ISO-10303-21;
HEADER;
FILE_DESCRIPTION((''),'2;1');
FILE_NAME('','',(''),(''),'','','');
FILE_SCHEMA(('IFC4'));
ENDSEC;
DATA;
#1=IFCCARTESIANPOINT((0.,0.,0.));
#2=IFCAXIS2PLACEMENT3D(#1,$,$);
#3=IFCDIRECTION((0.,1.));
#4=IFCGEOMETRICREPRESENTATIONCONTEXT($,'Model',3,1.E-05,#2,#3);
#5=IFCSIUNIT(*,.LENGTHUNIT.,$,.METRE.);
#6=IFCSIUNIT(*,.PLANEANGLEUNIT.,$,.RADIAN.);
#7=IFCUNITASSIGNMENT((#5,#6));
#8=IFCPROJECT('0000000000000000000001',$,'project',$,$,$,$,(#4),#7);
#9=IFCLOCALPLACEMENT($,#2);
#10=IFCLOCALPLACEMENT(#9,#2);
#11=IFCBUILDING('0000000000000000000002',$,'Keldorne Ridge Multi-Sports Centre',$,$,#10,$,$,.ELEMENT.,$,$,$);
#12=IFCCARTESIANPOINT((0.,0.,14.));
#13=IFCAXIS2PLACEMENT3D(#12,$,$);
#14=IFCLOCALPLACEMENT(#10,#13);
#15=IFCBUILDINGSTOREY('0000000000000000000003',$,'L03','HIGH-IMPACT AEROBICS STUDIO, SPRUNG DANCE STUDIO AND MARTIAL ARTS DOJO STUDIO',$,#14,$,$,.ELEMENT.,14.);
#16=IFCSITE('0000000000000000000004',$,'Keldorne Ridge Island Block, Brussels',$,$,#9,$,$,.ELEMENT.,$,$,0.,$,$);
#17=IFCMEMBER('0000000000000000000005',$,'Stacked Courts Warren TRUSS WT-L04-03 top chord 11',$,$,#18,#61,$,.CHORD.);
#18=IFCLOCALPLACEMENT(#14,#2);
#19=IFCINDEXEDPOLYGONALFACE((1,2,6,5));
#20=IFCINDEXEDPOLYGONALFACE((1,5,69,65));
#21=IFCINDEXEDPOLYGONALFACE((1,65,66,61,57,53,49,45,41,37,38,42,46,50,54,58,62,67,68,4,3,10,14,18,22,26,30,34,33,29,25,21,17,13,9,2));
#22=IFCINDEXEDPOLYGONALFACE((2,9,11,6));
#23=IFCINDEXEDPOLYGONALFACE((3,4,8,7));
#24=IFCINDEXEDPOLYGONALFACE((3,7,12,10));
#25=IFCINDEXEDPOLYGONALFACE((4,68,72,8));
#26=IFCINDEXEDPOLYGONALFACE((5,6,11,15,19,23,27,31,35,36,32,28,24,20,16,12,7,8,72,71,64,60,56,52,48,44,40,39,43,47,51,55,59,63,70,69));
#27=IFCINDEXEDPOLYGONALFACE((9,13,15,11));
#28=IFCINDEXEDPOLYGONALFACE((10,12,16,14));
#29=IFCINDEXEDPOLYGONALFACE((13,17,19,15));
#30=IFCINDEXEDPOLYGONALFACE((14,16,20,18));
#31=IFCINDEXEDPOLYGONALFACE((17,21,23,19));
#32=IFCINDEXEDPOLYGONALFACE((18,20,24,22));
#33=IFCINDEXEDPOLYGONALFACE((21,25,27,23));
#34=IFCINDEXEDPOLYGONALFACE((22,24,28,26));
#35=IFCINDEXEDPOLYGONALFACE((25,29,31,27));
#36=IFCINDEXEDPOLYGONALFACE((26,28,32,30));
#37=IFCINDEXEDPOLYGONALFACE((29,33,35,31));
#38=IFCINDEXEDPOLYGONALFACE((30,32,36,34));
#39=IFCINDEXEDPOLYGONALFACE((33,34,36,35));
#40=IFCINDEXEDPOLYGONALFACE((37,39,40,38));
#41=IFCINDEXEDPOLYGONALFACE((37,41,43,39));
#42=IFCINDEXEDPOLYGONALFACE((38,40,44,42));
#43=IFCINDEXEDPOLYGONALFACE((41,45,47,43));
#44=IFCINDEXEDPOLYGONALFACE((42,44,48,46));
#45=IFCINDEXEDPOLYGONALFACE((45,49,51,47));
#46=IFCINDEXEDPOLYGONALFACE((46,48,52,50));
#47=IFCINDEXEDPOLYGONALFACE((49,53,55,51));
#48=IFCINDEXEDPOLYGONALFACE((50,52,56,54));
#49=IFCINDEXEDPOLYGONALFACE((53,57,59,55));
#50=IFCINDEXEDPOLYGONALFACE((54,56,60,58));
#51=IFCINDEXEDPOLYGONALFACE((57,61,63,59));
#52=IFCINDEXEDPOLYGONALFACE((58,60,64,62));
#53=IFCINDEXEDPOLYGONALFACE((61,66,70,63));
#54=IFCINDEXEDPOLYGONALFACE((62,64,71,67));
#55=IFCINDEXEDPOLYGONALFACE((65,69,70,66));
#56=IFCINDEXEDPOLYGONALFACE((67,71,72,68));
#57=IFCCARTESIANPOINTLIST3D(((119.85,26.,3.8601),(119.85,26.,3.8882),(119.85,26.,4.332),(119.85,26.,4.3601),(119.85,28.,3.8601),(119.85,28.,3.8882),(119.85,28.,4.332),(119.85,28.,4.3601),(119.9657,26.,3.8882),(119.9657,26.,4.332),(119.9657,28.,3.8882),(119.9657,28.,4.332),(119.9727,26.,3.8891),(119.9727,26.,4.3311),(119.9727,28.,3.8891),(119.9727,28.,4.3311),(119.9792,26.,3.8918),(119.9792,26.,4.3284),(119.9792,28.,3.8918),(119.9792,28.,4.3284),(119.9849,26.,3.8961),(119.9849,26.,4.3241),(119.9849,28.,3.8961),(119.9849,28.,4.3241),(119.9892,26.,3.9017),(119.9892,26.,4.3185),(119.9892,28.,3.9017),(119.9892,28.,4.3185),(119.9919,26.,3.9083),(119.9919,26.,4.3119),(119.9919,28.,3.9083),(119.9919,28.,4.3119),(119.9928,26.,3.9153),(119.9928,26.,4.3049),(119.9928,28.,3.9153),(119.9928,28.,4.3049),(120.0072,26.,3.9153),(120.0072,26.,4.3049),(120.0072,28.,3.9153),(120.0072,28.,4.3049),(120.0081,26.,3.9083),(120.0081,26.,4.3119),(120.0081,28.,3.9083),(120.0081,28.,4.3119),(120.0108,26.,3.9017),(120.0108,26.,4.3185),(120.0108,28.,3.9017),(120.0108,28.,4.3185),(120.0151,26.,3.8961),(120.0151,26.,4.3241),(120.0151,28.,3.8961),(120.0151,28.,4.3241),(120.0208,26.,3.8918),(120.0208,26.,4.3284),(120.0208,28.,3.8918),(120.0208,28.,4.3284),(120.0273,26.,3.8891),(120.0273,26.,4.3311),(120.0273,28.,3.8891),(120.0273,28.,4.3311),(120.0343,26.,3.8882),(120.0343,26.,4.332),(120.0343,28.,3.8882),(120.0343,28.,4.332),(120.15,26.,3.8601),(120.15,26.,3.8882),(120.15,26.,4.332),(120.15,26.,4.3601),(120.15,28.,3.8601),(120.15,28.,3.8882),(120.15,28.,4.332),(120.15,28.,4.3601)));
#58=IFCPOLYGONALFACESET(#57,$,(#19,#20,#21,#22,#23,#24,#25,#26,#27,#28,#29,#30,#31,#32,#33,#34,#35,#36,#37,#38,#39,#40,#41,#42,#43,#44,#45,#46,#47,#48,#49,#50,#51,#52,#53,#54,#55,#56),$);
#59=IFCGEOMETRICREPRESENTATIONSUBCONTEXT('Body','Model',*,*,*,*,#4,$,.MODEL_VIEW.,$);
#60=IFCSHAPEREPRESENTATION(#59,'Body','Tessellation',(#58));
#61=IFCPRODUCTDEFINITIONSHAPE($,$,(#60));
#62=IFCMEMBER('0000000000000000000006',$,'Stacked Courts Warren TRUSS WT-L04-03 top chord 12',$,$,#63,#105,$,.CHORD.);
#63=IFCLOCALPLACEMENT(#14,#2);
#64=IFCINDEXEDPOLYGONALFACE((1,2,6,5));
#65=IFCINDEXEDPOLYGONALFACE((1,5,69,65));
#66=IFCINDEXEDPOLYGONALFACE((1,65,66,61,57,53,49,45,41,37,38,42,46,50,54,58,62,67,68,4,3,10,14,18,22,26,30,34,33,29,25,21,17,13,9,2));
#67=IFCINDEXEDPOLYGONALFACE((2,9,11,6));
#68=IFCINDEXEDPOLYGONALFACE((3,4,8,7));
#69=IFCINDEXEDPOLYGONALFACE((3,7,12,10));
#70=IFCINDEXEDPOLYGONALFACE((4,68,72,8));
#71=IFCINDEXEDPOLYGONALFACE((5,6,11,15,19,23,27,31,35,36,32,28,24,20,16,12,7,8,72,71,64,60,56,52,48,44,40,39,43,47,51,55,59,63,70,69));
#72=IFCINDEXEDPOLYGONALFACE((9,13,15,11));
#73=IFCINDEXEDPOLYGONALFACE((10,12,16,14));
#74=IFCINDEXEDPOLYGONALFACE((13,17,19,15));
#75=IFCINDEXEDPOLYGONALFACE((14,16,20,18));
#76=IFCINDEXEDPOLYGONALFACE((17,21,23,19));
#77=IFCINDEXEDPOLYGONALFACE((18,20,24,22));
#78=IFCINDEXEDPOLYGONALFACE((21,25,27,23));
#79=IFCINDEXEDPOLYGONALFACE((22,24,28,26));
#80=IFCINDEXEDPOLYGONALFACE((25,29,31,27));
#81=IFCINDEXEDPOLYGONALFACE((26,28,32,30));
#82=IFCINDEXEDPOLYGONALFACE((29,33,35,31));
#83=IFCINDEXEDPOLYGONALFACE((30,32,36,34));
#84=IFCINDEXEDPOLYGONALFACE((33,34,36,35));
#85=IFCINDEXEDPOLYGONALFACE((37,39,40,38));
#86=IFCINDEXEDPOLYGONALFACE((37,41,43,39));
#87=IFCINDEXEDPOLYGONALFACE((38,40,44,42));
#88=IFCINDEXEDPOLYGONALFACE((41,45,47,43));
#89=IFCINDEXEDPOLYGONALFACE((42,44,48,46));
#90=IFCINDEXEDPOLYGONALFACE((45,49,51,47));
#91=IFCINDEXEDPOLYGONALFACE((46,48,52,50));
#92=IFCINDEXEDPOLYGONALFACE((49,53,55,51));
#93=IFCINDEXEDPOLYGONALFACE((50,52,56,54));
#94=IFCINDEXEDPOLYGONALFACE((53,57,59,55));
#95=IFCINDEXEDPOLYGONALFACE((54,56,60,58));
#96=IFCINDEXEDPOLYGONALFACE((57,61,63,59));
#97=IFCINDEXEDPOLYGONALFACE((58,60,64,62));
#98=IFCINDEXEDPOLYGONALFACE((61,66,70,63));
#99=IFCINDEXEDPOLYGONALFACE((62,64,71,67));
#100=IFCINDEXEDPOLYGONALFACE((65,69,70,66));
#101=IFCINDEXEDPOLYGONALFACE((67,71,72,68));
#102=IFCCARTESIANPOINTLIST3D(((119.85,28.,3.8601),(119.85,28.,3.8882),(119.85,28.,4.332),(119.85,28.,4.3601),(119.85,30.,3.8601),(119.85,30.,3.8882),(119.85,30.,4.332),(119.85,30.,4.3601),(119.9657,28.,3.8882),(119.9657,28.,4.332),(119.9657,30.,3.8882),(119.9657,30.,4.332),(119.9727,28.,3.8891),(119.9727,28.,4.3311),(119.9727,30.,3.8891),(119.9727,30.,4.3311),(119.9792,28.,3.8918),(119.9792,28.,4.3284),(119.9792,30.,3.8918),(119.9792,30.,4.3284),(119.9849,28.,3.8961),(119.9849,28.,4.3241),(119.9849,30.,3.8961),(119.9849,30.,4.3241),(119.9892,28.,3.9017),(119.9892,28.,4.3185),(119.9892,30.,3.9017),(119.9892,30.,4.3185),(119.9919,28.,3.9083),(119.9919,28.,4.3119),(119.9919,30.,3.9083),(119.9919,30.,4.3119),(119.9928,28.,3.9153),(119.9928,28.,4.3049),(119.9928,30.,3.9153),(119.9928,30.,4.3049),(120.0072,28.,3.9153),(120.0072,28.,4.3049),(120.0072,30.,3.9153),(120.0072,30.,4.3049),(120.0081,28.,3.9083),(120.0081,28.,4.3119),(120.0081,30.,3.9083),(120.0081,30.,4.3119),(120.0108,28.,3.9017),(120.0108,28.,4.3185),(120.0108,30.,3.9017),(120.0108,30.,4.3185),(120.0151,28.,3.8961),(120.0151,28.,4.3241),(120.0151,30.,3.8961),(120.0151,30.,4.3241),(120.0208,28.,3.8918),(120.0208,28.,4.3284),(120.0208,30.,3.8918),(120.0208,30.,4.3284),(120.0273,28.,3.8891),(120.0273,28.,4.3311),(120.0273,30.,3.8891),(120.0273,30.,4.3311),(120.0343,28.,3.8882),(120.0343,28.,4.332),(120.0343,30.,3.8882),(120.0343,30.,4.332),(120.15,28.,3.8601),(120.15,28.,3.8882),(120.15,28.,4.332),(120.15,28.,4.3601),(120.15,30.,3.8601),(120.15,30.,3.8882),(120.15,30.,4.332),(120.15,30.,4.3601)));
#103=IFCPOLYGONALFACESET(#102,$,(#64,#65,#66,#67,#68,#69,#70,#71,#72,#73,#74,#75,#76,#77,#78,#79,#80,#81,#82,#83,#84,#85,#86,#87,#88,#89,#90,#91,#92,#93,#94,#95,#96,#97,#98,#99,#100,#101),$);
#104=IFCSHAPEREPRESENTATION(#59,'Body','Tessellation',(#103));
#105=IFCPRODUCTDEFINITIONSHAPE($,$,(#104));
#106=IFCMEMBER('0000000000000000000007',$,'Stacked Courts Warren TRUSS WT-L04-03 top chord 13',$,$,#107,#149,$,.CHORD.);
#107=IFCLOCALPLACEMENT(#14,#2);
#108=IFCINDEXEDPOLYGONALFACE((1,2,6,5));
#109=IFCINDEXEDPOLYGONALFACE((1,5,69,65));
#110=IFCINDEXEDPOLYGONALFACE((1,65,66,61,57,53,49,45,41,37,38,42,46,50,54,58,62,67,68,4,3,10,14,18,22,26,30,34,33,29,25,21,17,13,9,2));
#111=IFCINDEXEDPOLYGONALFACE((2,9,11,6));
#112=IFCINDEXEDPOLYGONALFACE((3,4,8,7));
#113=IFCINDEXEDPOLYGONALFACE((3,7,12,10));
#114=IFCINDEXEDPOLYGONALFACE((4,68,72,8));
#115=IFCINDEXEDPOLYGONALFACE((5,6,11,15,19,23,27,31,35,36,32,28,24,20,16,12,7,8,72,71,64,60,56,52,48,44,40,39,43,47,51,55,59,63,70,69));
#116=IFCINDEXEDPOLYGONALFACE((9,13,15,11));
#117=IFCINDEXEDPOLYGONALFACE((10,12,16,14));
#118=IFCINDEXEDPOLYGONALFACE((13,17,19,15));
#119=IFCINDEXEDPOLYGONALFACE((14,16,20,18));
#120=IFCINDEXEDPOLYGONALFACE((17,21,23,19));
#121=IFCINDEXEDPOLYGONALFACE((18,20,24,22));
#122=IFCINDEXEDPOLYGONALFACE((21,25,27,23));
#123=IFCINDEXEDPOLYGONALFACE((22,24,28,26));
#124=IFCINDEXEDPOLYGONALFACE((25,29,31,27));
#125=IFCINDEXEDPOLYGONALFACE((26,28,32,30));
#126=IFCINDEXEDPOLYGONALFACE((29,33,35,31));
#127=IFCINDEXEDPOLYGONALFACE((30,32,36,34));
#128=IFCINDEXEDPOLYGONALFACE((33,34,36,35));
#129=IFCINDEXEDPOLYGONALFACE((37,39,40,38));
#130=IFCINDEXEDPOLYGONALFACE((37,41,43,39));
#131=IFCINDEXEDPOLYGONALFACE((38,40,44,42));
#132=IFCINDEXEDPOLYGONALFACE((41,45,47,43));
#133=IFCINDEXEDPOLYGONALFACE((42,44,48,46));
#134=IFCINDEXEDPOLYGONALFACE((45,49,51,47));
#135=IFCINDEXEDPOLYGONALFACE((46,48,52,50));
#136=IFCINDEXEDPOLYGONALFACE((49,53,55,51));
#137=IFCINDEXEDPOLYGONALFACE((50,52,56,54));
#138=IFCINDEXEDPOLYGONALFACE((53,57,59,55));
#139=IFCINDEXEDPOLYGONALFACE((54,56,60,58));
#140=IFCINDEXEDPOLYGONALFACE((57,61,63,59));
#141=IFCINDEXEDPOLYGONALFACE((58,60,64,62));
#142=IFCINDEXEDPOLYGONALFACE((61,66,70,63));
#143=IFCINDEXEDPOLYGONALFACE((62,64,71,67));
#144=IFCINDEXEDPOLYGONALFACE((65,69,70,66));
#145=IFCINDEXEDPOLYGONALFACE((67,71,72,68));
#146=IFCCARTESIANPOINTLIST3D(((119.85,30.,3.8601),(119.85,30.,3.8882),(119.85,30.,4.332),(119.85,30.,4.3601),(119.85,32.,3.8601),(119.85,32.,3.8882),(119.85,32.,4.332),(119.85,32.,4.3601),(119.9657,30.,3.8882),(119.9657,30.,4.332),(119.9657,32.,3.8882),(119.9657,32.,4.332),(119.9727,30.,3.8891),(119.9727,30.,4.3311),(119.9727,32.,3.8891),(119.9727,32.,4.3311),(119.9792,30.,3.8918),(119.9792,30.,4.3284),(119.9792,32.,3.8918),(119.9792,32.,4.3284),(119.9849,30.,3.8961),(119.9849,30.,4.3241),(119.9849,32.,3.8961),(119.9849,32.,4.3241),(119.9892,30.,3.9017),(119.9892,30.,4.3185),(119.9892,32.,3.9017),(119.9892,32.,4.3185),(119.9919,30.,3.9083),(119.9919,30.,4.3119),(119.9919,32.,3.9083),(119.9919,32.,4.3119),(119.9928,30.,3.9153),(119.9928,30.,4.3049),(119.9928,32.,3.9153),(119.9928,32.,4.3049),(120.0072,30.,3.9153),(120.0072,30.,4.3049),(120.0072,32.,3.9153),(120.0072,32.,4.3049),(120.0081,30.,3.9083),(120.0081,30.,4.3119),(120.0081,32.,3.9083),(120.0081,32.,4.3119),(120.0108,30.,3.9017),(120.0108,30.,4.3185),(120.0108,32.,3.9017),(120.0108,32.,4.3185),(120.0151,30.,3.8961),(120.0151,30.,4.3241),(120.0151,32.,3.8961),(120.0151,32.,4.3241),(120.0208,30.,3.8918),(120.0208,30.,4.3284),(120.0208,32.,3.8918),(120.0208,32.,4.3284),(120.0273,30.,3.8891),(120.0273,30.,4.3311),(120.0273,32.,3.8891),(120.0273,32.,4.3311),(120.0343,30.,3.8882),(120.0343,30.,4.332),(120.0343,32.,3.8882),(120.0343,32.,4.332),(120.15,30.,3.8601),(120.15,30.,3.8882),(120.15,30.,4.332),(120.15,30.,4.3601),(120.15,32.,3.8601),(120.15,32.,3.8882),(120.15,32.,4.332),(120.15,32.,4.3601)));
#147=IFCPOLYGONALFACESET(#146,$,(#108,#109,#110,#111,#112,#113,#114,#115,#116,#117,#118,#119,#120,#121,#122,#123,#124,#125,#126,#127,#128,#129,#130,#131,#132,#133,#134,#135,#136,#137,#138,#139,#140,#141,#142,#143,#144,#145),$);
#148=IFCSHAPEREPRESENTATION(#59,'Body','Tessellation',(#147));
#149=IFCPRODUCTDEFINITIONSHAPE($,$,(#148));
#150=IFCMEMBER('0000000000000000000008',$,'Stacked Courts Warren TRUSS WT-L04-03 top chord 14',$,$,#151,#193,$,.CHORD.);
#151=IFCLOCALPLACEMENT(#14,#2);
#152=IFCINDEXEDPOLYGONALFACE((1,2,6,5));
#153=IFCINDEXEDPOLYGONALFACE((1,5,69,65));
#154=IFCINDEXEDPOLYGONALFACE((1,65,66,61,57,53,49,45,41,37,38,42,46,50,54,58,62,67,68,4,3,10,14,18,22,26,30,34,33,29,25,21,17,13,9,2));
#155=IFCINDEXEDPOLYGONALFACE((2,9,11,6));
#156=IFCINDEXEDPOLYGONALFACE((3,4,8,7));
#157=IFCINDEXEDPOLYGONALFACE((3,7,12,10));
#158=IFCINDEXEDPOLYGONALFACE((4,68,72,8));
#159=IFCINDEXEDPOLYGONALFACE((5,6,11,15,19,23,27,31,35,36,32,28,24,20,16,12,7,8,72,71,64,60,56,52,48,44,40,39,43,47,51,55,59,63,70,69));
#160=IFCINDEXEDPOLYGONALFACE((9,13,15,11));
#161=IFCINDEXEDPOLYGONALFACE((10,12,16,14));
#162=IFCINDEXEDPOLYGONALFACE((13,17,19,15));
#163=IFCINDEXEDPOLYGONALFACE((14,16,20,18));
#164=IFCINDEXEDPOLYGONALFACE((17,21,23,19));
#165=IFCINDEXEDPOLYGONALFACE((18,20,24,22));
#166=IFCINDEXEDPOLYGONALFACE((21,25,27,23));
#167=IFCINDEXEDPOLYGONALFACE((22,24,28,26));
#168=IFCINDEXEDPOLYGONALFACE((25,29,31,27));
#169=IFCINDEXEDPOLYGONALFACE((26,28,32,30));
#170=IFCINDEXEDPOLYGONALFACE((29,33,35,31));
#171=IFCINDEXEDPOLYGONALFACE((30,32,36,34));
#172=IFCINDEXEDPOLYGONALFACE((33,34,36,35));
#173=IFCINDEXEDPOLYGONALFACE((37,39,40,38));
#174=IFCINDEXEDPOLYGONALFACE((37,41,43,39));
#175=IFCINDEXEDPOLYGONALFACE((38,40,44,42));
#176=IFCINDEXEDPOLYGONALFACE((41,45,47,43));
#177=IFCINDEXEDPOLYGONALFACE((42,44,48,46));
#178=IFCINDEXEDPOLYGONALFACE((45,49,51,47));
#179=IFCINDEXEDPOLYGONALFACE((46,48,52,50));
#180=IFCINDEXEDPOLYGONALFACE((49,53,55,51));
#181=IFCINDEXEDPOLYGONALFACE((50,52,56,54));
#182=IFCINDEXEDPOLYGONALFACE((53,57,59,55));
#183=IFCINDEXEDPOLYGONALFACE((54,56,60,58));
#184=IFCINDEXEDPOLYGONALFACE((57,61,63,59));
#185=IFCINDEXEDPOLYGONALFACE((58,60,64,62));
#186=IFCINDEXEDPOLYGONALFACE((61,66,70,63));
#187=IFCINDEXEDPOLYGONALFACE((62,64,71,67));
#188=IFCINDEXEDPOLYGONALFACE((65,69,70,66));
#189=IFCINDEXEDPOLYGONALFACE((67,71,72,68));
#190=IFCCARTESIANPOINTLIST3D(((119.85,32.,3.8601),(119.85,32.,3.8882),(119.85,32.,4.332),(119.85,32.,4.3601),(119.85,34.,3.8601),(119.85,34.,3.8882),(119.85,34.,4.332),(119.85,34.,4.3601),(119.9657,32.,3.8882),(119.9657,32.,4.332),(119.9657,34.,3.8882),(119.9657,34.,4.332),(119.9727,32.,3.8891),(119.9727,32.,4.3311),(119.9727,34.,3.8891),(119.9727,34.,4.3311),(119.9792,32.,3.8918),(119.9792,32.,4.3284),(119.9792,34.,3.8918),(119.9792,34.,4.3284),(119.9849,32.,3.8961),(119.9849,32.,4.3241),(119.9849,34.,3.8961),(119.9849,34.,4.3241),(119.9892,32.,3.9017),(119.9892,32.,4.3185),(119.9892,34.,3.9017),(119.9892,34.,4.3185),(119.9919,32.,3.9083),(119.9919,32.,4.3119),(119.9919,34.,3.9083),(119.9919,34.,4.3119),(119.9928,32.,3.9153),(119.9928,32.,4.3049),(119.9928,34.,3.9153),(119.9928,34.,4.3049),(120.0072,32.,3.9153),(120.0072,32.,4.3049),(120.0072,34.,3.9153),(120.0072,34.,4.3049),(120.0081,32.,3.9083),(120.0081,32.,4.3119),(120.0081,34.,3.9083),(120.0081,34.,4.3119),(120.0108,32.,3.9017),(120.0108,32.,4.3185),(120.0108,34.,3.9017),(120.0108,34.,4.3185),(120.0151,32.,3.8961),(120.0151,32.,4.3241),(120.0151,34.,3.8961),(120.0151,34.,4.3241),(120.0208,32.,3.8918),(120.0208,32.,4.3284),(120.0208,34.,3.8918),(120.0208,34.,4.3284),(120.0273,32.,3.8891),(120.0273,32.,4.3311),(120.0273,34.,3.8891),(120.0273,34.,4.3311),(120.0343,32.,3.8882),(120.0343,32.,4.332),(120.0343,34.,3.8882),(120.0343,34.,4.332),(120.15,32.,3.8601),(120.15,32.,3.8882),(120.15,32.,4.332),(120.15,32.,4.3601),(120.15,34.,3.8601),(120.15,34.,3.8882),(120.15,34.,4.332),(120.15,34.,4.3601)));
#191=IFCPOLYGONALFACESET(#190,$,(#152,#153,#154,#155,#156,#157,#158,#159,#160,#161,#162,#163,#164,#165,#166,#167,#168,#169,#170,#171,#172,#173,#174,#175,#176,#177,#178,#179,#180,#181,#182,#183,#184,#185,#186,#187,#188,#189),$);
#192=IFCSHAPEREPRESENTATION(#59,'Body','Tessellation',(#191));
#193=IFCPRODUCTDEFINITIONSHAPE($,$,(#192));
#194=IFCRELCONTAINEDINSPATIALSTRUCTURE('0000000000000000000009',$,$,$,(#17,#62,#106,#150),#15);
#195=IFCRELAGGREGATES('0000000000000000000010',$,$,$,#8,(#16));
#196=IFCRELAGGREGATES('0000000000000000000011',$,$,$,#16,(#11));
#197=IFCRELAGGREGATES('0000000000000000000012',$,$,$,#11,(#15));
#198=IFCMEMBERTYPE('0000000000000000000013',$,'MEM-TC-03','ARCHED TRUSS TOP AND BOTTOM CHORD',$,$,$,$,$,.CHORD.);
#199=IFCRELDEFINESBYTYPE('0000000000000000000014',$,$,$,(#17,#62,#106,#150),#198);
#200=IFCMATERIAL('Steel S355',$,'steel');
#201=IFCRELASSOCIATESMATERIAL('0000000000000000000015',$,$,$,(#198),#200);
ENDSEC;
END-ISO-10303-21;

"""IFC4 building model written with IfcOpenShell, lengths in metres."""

from ifc_helpers import new_model, si_unit, direction, frame, origin, origin_2d, place, context, subcontext, project, spatial, i_section, extrude, material, material_profile, profile_set, type_object, element, save


model = new_model("IFC4")

# Units and contexts
model_context = context("Model", 3, precision=1e-05, world=origin(), true_north=direction((0.0, 1.0)))
body_context = subcontext(model_context, "Body", "Model", "MODEL_VIEW")
ifc_project = project(units=[si_unit("LENGTHUNIT", "METRE"), si_unit("PLANEANGLEUNIT", "RADIAN")], contexts=[model_context])

# Site, building, storey
site_placement = place(None, origin())
site = spatial("IfcSite", under=ifc_project, at=site_placement, Name="Keldorne Ridge Island Block, Brussels", CompositionType="ELEMENT", RefElevation=0.0)
building_placement = place(site_placement, origin())
building = spatial("IfcBuilding", under=site, at=building_placement, Name="Keldorne Ridge Multi-Sports Centre", CompositionType="ELEMENT")
storey_placement = place(building_placement, frame((0.0, 0.0, 14.0)))
storey = spatial("IfcBuildingStorey", under=building, at=storey_placement, Name="L03", Description="HIGH-IMPACT AEROBICS STUDIO, SPRUNG DANCE STUDIO AND MARTIAL ARTS DOJO STUDIO", CompositionType="ELEMENT", Elevation=14.0)

# Members
ifc_material = material(Name="Steel S355", Category="steel")
ifc_material_profile_1 = material_profile(ifc_material, i_section(OverallWidth=0.3, OverallDepth=0.5, WebThickness=0.0144, FlangeThickness=0.0281, FilletRadius=0.0271, at=origin_2d()), Name="HEB 500")
ifc_profile_set_1 = profile_set([ifc_material_profile_1], Name="Steel S355")
member_type_1 = type_object("IfcMemberType", Name="MEM-TC-03", Description="ARCHED TRUSS TOP AND BOTTOM CHORD", PredefinedType="CHORD", material=ifc_profile_set_1)
for number, where, z_axis, x_axis, name in (
    (1, (120.0, 26.0, 4.1101), (0.0, 1.0, 0.0), (-1.0, 0.0, 0.0), "Stacked Courts Warren TRUSS WT-L04-03 top chord 11"),
    (2, (120.0, 28.0, 4.1101), (0.0, 1.0, 0.0), (-1.0, 0.0, 0.0), "Stacked Courts Warren TRUSS WT-L04-03 top chord 12"),
    (3, (120.0, 30.0, 4.1101), (0.0, 1.0, 0.0), (-1.0, 0.0, 0.0), "Stacked Courts Warren TRUSS WT-L04-03 top chord 13"),
    (4, (120.0, 32.0, 4.1101), (0.0, 1.0, 0.0), (-1.0, 0.0, 0.0), "Stacked Courts Warren TRUSS WT-L04-03 top chord 14"),
):
    element("IfcMember", number, at=place(storey_placement, frame(where, z_axis=z_axis, x_axis=x_axis)), inside=storey, type_object=member_type_1, Name=name, PredefinedType="CHORD", context=body_context, shape_type="SweptSolid", body=[
        extrude(i_section(OverallWidth=0.3, OverallDepth=0.5, WebThickness=0.0144, FlangeThickness=0.0281, FilletRadius=0.0271, at=origin_2d()), origin(), (0.0, 0.0, 1.0), 2.0),
    ])

save(model, "model.ifc")
